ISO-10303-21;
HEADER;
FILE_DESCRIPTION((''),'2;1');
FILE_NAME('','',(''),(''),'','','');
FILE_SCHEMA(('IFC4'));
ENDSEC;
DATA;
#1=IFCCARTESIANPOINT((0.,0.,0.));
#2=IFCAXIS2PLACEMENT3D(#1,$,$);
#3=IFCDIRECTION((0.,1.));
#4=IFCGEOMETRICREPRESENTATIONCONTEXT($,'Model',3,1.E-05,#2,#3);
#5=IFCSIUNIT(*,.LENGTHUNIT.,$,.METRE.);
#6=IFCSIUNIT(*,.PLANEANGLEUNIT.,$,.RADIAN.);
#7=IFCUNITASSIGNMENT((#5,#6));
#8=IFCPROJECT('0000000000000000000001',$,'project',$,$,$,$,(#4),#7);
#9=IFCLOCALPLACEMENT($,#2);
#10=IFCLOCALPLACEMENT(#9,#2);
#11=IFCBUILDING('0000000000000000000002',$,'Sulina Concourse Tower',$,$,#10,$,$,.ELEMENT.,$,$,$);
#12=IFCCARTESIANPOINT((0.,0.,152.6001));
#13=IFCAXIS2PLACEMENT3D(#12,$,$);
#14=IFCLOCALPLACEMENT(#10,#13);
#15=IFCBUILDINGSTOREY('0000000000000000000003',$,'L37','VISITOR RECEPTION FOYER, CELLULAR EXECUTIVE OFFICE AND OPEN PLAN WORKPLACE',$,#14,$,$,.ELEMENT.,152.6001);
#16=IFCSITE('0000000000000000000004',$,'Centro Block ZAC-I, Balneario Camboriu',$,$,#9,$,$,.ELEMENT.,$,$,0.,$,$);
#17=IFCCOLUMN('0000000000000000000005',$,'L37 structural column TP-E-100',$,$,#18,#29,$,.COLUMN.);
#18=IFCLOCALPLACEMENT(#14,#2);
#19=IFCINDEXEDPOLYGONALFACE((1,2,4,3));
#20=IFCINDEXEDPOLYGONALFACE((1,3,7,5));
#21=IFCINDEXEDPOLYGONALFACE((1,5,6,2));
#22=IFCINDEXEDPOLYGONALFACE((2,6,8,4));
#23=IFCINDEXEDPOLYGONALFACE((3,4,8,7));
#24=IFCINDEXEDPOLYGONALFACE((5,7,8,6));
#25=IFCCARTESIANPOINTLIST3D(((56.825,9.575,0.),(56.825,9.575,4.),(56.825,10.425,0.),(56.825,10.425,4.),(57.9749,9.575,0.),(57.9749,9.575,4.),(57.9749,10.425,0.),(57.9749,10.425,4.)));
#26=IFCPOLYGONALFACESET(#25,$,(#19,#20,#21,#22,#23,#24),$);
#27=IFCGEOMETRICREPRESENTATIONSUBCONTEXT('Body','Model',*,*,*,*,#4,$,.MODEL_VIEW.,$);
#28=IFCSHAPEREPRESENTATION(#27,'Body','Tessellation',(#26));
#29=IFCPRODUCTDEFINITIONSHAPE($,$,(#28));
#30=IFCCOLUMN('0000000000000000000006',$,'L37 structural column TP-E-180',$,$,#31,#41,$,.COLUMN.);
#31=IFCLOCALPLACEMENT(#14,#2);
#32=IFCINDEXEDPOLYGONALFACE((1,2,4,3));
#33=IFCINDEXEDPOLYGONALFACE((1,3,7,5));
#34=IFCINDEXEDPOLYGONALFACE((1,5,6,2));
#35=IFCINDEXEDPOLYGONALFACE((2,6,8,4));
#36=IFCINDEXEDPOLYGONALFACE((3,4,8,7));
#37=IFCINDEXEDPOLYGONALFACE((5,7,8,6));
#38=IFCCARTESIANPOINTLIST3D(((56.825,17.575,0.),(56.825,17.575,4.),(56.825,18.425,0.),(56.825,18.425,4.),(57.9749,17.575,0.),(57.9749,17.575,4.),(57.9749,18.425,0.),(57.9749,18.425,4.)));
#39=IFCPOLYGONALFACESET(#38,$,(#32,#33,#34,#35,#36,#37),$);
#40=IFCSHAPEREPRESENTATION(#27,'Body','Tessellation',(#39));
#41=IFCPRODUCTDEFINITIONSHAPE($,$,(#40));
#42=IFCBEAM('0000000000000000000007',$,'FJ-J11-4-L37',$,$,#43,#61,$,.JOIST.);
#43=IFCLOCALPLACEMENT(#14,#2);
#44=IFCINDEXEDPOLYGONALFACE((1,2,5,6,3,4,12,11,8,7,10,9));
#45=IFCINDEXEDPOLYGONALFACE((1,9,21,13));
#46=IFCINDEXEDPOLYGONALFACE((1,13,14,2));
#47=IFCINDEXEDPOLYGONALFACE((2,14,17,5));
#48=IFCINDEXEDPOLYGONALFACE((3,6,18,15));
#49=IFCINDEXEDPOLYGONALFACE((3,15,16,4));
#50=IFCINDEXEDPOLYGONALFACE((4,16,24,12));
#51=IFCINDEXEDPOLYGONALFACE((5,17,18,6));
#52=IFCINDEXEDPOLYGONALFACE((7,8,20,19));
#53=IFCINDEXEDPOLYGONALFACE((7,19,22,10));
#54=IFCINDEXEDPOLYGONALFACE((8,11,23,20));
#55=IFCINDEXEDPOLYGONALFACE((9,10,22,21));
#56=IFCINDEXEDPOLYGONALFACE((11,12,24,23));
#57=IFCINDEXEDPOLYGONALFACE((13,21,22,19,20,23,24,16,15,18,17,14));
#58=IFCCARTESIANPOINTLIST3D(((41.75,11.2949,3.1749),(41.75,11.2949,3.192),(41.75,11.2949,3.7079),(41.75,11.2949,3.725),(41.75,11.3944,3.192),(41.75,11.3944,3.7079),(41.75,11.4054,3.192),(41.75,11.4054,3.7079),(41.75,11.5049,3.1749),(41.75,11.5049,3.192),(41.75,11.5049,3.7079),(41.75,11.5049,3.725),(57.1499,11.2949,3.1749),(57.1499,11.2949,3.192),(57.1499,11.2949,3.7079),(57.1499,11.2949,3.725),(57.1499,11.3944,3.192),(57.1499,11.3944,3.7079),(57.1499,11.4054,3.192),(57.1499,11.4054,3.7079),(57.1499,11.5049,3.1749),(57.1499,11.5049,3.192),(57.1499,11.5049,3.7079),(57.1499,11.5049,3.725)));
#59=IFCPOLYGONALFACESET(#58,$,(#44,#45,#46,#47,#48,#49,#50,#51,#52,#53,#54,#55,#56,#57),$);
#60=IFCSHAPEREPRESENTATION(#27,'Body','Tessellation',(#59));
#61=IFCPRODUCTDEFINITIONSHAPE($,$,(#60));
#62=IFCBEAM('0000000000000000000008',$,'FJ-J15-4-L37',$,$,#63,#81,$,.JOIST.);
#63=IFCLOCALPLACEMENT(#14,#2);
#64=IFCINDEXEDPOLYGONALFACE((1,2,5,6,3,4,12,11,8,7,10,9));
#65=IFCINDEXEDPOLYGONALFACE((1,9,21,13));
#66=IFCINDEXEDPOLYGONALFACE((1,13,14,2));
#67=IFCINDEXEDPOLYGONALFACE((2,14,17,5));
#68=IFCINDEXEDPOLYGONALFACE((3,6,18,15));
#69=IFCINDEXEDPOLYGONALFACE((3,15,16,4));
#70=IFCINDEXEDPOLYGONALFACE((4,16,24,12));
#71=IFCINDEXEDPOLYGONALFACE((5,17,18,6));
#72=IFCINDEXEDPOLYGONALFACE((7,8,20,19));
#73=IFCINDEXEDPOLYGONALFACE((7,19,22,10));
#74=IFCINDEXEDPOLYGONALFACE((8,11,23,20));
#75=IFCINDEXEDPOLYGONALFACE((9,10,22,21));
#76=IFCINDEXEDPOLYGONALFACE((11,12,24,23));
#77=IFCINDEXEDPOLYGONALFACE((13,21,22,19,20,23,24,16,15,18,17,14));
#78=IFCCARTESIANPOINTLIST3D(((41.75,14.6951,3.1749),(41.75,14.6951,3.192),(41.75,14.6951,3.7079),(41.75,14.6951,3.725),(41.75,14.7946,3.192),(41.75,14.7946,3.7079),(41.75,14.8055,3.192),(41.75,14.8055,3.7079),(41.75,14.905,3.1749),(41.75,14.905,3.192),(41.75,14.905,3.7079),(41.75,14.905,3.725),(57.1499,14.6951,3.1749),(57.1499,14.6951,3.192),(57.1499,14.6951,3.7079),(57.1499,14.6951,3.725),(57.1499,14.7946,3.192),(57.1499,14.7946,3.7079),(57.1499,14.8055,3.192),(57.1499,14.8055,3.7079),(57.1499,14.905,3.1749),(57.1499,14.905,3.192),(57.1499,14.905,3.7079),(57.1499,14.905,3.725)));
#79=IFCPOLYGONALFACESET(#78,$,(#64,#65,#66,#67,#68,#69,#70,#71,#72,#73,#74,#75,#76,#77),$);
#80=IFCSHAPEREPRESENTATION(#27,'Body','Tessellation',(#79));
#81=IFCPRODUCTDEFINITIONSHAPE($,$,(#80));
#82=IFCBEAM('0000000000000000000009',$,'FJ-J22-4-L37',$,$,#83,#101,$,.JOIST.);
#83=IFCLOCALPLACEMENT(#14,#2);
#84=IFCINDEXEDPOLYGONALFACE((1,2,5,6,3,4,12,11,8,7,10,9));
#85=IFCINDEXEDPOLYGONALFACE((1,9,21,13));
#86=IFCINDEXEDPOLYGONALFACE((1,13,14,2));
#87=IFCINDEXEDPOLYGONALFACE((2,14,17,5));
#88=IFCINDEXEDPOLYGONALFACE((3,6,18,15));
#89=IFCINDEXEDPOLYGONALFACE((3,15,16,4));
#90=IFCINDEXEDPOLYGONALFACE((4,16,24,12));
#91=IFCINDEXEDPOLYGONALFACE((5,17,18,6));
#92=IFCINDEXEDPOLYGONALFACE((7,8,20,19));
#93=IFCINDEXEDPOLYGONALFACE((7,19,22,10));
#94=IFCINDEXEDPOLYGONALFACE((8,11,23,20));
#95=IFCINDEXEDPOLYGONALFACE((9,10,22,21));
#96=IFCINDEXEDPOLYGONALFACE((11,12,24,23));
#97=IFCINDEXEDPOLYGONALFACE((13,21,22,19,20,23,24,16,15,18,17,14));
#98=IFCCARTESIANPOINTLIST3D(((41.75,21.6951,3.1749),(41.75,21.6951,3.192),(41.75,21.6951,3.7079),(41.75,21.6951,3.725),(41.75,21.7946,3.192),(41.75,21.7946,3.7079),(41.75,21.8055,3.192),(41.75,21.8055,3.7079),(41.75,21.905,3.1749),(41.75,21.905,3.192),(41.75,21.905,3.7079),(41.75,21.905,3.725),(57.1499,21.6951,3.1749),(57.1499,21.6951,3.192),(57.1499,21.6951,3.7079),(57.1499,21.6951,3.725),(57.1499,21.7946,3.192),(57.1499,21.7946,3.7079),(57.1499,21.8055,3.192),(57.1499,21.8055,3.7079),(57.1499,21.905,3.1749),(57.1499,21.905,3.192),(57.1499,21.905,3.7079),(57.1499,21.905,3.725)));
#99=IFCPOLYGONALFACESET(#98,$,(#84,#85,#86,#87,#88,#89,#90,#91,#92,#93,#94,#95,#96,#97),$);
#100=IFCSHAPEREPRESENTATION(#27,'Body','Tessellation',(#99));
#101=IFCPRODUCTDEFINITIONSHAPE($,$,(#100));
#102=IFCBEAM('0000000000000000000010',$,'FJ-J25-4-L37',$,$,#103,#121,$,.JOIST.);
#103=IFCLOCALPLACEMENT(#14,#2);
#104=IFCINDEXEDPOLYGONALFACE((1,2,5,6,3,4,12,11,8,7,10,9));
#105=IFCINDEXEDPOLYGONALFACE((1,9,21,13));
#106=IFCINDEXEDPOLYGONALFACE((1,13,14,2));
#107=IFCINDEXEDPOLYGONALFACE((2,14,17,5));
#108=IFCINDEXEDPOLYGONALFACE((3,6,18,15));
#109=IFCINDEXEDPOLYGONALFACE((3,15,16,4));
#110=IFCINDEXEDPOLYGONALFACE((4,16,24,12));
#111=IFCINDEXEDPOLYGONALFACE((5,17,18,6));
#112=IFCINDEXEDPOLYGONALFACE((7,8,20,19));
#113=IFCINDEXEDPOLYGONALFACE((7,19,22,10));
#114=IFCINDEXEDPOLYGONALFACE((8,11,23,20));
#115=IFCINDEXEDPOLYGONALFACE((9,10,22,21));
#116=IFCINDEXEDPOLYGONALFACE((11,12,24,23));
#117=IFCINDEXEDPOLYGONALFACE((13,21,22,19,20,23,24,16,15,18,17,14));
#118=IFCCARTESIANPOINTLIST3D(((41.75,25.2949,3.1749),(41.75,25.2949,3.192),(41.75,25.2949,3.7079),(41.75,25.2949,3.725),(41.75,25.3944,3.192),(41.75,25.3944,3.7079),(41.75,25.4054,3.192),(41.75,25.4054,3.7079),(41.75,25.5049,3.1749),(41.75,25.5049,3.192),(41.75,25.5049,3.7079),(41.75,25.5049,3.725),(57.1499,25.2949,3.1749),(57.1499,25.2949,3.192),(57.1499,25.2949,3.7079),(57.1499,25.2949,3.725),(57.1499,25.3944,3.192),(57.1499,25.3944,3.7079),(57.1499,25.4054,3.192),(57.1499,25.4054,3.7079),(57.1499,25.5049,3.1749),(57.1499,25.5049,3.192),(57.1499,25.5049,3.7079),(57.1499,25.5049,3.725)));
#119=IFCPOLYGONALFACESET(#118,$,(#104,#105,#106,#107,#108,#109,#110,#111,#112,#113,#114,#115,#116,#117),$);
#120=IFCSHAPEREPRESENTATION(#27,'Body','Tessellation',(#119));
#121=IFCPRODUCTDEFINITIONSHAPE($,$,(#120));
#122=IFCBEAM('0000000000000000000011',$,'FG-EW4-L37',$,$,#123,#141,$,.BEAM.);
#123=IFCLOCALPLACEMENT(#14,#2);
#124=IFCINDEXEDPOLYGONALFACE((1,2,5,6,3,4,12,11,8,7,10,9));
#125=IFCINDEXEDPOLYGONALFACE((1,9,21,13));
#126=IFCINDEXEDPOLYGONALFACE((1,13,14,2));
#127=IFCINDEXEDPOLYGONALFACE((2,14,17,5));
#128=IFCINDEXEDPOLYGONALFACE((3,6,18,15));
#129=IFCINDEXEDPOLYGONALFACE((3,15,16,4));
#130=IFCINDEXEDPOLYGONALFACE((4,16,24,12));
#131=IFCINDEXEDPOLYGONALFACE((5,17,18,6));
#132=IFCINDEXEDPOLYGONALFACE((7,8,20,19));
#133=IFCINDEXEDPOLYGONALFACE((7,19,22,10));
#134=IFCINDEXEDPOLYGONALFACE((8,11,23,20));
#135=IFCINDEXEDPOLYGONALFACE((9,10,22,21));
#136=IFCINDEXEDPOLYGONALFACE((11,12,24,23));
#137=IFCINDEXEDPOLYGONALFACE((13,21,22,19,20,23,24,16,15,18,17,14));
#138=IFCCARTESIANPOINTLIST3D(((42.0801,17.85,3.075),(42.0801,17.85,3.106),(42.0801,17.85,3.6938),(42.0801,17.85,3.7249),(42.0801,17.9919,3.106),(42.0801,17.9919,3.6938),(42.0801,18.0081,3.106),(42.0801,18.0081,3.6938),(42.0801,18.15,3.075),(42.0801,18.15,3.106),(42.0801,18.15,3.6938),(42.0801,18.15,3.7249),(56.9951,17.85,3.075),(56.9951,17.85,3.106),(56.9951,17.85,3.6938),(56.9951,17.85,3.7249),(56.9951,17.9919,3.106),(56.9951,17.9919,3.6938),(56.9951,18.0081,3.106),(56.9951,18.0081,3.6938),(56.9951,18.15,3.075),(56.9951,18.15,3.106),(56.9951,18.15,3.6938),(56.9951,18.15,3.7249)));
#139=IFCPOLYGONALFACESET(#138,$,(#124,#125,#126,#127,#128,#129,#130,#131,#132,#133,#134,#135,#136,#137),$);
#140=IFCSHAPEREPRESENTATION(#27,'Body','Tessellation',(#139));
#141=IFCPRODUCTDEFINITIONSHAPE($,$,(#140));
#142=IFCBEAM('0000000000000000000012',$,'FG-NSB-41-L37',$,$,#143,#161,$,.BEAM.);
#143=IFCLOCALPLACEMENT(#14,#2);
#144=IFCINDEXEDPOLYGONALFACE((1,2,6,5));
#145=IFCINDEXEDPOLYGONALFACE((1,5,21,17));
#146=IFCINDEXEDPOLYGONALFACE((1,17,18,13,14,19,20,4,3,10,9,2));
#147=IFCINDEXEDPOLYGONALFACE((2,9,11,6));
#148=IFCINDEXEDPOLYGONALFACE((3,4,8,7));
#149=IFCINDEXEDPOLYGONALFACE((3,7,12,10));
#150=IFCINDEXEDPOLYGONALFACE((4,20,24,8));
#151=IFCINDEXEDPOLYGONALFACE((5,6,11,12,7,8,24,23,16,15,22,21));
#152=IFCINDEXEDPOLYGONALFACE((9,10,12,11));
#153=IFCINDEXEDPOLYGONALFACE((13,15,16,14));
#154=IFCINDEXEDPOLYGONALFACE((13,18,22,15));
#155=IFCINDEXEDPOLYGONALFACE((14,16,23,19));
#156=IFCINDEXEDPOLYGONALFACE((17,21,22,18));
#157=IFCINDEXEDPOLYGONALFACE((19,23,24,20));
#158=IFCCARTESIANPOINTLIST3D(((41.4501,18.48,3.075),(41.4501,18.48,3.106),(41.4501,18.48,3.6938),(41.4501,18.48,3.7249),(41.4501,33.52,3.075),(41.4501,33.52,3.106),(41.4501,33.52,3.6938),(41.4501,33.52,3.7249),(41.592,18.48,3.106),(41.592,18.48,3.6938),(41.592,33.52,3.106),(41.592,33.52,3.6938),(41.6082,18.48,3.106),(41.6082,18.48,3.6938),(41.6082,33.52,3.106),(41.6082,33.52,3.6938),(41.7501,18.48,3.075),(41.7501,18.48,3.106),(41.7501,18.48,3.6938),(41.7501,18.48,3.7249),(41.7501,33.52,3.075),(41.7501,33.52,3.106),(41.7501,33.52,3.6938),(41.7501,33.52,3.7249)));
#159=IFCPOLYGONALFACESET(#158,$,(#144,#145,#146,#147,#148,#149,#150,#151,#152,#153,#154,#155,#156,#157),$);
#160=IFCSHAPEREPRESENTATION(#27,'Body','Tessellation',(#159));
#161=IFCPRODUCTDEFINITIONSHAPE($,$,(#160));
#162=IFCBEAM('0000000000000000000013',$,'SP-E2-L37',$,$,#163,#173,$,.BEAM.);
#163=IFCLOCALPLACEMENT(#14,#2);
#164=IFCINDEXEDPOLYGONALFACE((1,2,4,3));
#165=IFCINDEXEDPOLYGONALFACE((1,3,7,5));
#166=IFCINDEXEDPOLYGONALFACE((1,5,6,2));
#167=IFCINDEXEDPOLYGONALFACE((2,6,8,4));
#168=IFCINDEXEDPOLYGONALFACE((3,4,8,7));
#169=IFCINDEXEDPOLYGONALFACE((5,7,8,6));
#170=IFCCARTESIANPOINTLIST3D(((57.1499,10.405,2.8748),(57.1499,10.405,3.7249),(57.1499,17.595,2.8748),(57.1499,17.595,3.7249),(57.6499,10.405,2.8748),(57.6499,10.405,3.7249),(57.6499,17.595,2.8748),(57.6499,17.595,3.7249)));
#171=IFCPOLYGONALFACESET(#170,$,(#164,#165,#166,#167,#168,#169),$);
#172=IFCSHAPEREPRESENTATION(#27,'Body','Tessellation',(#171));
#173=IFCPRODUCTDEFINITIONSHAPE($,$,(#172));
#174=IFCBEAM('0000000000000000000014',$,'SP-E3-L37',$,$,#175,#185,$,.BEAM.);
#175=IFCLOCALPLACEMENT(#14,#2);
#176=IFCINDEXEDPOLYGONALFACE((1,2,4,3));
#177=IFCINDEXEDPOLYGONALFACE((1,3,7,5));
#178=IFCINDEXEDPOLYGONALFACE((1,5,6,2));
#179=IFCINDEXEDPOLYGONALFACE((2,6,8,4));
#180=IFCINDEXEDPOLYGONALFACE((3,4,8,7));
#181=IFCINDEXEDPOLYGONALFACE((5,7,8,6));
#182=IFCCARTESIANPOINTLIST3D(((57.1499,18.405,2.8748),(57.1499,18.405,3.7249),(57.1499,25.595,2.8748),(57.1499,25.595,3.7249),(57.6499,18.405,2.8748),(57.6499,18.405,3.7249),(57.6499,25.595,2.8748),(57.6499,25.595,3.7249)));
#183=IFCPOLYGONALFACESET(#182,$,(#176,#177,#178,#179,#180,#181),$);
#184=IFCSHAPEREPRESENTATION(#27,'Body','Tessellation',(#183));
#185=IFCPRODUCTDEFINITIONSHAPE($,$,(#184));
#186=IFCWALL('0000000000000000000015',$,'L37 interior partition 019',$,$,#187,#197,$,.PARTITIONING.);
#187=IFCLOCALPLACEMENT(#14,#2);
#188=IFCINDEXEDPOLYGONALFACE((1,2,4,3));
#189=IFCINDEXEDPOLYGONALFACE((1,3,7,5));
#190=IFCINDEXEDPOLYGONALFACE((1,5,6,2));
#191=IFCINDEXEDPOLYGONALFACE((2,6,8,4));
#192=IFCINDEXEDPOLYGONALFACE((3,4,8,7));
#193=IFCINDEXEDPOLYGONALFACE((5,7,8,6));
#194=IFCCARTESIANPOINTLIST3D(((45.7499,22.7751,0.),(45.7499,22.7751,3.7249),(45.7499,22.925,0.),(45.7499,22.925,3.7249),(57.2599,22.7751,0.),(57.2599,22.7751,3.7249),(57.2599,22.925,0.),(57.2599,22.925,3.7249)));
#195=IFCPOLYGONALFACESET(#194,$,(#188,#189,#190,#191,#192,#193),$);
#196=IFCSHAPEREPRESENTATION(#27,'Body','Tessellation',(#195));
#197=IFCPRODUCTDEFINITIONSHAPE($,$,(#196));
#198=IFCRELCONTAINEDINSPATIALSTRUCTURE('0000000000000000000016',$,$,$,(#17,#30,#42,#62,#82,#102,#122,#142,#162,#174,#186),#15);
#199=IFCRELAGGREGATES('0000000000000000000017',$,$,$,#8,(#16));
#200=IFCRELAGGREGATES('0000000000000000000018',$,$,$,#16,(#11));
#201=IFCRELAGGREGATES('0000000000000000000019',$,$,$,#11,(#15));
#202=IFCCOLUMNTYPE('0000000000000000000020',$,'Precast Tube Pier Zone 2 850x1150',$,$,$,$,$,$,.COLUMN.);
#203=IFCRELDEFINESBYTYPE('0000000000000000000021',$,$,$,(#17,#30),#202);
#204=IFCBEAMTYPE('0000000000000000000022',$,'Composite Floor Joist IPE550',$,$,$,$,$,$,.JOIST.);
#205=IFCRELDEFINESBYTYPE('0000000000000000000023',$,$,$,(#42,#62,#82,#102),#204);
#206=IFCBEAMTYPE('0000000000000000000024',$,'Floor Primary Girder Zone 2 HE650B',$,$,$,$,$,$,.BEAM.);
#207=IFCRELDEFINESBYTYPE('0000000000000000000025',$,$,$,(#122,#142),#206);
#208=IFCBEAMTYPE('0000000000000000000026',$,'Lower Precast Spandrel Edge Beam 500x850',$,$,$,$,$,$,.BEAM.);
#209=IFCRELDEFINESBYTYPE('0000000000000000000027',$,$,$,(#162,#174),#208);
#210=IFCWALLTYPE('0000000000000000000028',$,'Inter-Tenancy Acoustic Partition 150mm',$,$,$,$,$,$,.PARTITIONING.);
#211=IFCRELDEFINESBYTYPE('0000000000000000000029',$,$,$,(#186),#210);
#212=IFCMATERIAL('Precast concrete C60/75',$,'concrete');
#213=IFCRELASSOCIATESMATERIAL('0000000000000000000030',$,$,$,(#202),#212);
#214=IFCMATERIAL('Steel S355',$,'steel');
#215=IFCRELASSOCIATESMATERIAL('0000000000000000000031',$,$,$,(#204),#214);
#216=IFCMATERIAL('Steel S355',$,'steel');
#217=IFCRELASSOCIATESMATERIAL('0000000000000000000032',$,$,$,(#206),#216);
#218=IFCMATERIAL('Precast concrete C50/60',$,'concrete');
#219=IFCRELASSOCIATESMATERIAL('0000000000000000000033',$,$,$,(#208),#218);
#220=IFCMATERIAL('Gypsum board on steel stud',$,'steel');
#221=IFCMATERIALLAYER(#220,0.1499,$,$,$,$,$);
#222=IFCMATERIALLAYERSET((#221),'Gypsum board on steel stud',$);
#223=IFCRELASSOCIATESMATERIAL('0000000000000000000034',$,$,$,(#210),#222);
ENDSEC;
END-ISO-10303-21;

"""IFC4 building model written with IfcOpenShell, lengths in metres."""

from ifc_helpers import new_model, si_unit, direction, frame, frame_2d, origin, origin_2d, place, context, subcontext, project, spatial, rectangle, i_section, extrude, material, layer, layer_set, material_profile, profile_set, type_object, element, save


model = new_model("IFC4")

# Units and contexts
model_context = context("Model", 3, precision=1e-05, world=origin(), true_north=direction((0.0, 1.0)))
body_context = subcontext(model_context, "Body", "Model", "MODEL_VIEW")
ifc_project = project(units=[si_unit("LENGTHUNIT", "METRE"), si_unit("PLANEANGLEUNIT", "RADIAN")], contexts=[model_context])

# Site, building, storey
site_placement = place(None, origin())
site = spatial("IfcSite", under=ifc_project, at=site_placement, Name="Centro Block ZAC-I, Balneario Camboriu", CompositionType="ELEMENT", RefElevation=0.0)
building_placement = place(site_placement, origin())
building = spatial("IfcBuilding", under=site, at=building_placement, Name="Sulina Concourse Tower", CompositionType="ELEMENT")
storey_placement = place(building_placement, frame((0.0, 0.0, 152.6001)))
storey = spatial("IfcBuildingStorey", under=building, at=storey_placement, Name="L37", Description="VISITOR RECEPTION FOYER, CELLULAR EXECUTIVE OFFICE AND OPEN PLAN WORKPLACE", CompositionType="ELEMENT", Elevation=152.6001)

# Columns
ifc_material_1 = material(Name="Precast concrete C60/75", Category="concrete")
ifc_material_profile_1 = material_profile(ifc_material_1, rectangle(XDim=0.8501, YDim=1.1499, at=origin_2d()), Name="PC 850x1150")
ifc_profile_set_1 = profile_set([ifc_material_profile_1], Name="Precast concrete C60/75")
column_type = type_object("IfcColumnType", Name="Precast Tube Pier Zone 2 850x1150", PredefinedType="COLUMN", material=ifc_profile_set_1)
for number, where, z_axis, x_axis, name in (
    (1, (57.3999, 10.0, 0.0), (0.0, 0.0, 1.0), (0.0, 1.0, 0.0), "L37 structural column TP-E-100"),
    (2, (57.3999, 18.0, 0.0), (0.0, 0.0, 1.0), (0.0, 1.0, 0.0), "L37 structural column TP-E-180"),
):
    element("IfcColumn", number, at=place(storey_placement, frame(where, z_axis=z_axis, x_axis=x_axis)), inside=storey, type_object=column_type, Name=name, PredefinedType="COLUMN", context=body_context, shape_type="SweptSolid", body=[
        extrude(rectangle(XDim=0.8501, YDim=1.1499, at=origin_2d()), origin(), (0.0, 0.0, 1.0), 4.0),
    ])

# Beams
ifc_material_2 = material(Name="Steel S355", Category="steel")
ifc_material_profile_2 = material_profile(ifc_material_2, i_section(OverallWidth=0.21, OverallDepth=0.55, WebThickness=0.011, FlangeThickness=0.0171, at=origin_2d()), Name="IPE 550")
ifc_profile_set_2 = profile_set([ifc_material_profile_2], Name="Steel S355")
beam_type_1 = type_object("IfcBeamType", Name="Composite Floor Joist IPE550", PredefinedType="JOIST", material=ifc_profile_set_2)
for number, where, z_axis, x_axis, name in (
    (3, (41.75, 11.3999, 3.45), (1.0, 0.0, 0.0), (0.0, 1.0, 0.0), "FJ-J11-4-L37"),
    (4, (41.75, 14.8, 3.45), (1.0, 0.0, 0.0), (0.0, 1.0, 0.0), "FJ-J15-4-L37"),
    (5, (41.75, 21.8, 3.45), (1.0, 0.0, 0.0), (0.0, 1.0, 0.0), "FJ-J22-4-L37"),
    (6, (41.75, 25.3999, 3.45), (1.0, 0.0, 0.0), (0.0, 1.0, 0.0), "FJ-J25-4-L37"),
):
    element("IfcBeam", number, at=place(storey_placement, frame(where, z_axis=z_axis, x_axis=x_axis)), inside=storey, type_object=beam_type_1, Name=name, PredefinedType="JOIST", context=body_context, shape_type="SweptSolid", body=[
        extrude(i_section(OverallWidth=0.21, OverallDepth=0.55, WebThickness=0.011, FlangeThickness=0.0171, at=origin_2d()), origin(), (0.0, 0.0, 1.0), 15.3999),
    ])
ifc_material_3 = material(Name="Steel S355", Category="steel")
ifc_material_profile_3 = material_profile(ifc_material_3, i_section(OverallWidth=0.3, OverallDepth=0.6499, WebThickness=0.0161, FlangeThickness=0.031, at=origin_2d()), Name="HE 650 B")
ifc_profile_set_3 = profile_set([ifc_material_profile_3], Name="Steel S355")
beam_type_2 = type_object("IfcBeamType", Name="Floor Primary Girder Zone 2 HE650B", PredefinedType="BEAM", material=ifc_profile_set_3)
beam_1_placement = place(storey_placement, frame((42.0801, 18.0, 3.3999), z_axis=(1.0, 0.0, 0.0), x_axis=(0.0, 1.0, 0.0)))
element("IfcBeam", 7, at=beam_1_placement, inside=storey, type_object=beam_type_2, Name="FG-EW4-L37", PredefinedType="BEAM", context=body_context, shape_type="SweptSolid", body=[
    extrude(i_section(OverallWidth=0.3, OverallDepth=0.6499, WebThickness=0.0161, FlangeThickness=0.031, at=origin_2d()), origin(), (0.0, 0.0, 1.0), 14.915),
])
beam_2_placement = place(storey_placement, frame((41.6001, 18.48, 3.3999), z_axis=(0.0, 1.0, 0.0), x_axis=(-1.0, 0.0, 0.0)))
element("IfcBeam", 8, at=beam_2_placement, inside=storey, type_object=beam_type_2, Name="FG-NSB-41-L37", PredefinedType="BEAM", context=body_context, shape_type="SweptSolid", body=[
    extrude(i_section(OverallWidth=0.3, OverallDepth=0.6499, WebThickness=0.0161, FlangeThickness=0.031, at=origin_2d()), origin(), (0.0, 0.0, 1.0), 15.04),
])
ifc_material_4 = material(Name="Precast concrete C50/60", Category="concrete")
ifc_material_profile_4 = material_profile(ifc_material_4, rectangle(XDim=0.5, YDim=0.8501, at=origin_2d()), Name="RC 500x850")
ifc_profile_set_4 = profile_set([ifc_material_profile_4], Name="Precast concrete C50/60")
beam_type_3 = type_object("IfcBeamType", Name="Lower Precast Spandrel Edge Beam 500x850", PredefinedType="BEAM", material=ifc_profile_set_4)
for number, where, z_axis, x_axis, name in (
    (9, (57.3999, 10.405, 3.2998), (0.0, 1.0, 0.0), (-1.0, 0.0, 0.0), "SP-E2-L37"),
    (10, (57.3999, 18.405, 3.2998), (0.0, 1.0, 0.0), (-1.0, 0.0, 0.0), "SP-E3-L37"),
):
    element("IfcBeam", number, at=place(storey_placement, frame(where, z_axis=z_axis, x_axis=x_axis)), inside=storey, type_object=beam_type_3, Name=name, PredefinedType="BEAM", context=body_context, shape_type="SweptSolid", body=[
        extrude(rectangle(XDim=0.5, YDim=0.8501, at=origin_2d()), origin(), (0.0, 0.0, 1.0), 7.1899),
    ])

# Wall
ifc_material_5 = material(Name="Gypsum board on steel stud", Category="steel")
ifc_layer_1 = layer(ifc_material_5, 0.1499)
ifc_layer_set_1 = layer_set([ifc_layer_1], Name="Gypsum board on steel stud")
wall_type_1 = type_object("IfcWallType", Name="Inter-Tenancy Acoustic Partition 150mm", PredefinedType="PARTITIONING", material=ifc_layer_set_1)
wall_1_placement = place(storey_placement, frame((45.75, 22.8501, 0.0), z_axis=(0.0, 0.0, 1.0), x_axis=(1.0, 0.0, 0.0)))
element("IfcWall", 11, at=wall_1_placement, inside=storey, type_object=wall_type_1, Name="L37 interior partition 019", PredefinedType="PARTITIONING", context=body_context, shape_type="SweptSolid", body=[
    extrude(rectangle(XDim=11.51, YDim=0.1499, at=frame_2d((5.7549, 0.0))), origin(), (0.0, 0.0, 1.0), 3.7249),
])

save(model, "model.ifc")
